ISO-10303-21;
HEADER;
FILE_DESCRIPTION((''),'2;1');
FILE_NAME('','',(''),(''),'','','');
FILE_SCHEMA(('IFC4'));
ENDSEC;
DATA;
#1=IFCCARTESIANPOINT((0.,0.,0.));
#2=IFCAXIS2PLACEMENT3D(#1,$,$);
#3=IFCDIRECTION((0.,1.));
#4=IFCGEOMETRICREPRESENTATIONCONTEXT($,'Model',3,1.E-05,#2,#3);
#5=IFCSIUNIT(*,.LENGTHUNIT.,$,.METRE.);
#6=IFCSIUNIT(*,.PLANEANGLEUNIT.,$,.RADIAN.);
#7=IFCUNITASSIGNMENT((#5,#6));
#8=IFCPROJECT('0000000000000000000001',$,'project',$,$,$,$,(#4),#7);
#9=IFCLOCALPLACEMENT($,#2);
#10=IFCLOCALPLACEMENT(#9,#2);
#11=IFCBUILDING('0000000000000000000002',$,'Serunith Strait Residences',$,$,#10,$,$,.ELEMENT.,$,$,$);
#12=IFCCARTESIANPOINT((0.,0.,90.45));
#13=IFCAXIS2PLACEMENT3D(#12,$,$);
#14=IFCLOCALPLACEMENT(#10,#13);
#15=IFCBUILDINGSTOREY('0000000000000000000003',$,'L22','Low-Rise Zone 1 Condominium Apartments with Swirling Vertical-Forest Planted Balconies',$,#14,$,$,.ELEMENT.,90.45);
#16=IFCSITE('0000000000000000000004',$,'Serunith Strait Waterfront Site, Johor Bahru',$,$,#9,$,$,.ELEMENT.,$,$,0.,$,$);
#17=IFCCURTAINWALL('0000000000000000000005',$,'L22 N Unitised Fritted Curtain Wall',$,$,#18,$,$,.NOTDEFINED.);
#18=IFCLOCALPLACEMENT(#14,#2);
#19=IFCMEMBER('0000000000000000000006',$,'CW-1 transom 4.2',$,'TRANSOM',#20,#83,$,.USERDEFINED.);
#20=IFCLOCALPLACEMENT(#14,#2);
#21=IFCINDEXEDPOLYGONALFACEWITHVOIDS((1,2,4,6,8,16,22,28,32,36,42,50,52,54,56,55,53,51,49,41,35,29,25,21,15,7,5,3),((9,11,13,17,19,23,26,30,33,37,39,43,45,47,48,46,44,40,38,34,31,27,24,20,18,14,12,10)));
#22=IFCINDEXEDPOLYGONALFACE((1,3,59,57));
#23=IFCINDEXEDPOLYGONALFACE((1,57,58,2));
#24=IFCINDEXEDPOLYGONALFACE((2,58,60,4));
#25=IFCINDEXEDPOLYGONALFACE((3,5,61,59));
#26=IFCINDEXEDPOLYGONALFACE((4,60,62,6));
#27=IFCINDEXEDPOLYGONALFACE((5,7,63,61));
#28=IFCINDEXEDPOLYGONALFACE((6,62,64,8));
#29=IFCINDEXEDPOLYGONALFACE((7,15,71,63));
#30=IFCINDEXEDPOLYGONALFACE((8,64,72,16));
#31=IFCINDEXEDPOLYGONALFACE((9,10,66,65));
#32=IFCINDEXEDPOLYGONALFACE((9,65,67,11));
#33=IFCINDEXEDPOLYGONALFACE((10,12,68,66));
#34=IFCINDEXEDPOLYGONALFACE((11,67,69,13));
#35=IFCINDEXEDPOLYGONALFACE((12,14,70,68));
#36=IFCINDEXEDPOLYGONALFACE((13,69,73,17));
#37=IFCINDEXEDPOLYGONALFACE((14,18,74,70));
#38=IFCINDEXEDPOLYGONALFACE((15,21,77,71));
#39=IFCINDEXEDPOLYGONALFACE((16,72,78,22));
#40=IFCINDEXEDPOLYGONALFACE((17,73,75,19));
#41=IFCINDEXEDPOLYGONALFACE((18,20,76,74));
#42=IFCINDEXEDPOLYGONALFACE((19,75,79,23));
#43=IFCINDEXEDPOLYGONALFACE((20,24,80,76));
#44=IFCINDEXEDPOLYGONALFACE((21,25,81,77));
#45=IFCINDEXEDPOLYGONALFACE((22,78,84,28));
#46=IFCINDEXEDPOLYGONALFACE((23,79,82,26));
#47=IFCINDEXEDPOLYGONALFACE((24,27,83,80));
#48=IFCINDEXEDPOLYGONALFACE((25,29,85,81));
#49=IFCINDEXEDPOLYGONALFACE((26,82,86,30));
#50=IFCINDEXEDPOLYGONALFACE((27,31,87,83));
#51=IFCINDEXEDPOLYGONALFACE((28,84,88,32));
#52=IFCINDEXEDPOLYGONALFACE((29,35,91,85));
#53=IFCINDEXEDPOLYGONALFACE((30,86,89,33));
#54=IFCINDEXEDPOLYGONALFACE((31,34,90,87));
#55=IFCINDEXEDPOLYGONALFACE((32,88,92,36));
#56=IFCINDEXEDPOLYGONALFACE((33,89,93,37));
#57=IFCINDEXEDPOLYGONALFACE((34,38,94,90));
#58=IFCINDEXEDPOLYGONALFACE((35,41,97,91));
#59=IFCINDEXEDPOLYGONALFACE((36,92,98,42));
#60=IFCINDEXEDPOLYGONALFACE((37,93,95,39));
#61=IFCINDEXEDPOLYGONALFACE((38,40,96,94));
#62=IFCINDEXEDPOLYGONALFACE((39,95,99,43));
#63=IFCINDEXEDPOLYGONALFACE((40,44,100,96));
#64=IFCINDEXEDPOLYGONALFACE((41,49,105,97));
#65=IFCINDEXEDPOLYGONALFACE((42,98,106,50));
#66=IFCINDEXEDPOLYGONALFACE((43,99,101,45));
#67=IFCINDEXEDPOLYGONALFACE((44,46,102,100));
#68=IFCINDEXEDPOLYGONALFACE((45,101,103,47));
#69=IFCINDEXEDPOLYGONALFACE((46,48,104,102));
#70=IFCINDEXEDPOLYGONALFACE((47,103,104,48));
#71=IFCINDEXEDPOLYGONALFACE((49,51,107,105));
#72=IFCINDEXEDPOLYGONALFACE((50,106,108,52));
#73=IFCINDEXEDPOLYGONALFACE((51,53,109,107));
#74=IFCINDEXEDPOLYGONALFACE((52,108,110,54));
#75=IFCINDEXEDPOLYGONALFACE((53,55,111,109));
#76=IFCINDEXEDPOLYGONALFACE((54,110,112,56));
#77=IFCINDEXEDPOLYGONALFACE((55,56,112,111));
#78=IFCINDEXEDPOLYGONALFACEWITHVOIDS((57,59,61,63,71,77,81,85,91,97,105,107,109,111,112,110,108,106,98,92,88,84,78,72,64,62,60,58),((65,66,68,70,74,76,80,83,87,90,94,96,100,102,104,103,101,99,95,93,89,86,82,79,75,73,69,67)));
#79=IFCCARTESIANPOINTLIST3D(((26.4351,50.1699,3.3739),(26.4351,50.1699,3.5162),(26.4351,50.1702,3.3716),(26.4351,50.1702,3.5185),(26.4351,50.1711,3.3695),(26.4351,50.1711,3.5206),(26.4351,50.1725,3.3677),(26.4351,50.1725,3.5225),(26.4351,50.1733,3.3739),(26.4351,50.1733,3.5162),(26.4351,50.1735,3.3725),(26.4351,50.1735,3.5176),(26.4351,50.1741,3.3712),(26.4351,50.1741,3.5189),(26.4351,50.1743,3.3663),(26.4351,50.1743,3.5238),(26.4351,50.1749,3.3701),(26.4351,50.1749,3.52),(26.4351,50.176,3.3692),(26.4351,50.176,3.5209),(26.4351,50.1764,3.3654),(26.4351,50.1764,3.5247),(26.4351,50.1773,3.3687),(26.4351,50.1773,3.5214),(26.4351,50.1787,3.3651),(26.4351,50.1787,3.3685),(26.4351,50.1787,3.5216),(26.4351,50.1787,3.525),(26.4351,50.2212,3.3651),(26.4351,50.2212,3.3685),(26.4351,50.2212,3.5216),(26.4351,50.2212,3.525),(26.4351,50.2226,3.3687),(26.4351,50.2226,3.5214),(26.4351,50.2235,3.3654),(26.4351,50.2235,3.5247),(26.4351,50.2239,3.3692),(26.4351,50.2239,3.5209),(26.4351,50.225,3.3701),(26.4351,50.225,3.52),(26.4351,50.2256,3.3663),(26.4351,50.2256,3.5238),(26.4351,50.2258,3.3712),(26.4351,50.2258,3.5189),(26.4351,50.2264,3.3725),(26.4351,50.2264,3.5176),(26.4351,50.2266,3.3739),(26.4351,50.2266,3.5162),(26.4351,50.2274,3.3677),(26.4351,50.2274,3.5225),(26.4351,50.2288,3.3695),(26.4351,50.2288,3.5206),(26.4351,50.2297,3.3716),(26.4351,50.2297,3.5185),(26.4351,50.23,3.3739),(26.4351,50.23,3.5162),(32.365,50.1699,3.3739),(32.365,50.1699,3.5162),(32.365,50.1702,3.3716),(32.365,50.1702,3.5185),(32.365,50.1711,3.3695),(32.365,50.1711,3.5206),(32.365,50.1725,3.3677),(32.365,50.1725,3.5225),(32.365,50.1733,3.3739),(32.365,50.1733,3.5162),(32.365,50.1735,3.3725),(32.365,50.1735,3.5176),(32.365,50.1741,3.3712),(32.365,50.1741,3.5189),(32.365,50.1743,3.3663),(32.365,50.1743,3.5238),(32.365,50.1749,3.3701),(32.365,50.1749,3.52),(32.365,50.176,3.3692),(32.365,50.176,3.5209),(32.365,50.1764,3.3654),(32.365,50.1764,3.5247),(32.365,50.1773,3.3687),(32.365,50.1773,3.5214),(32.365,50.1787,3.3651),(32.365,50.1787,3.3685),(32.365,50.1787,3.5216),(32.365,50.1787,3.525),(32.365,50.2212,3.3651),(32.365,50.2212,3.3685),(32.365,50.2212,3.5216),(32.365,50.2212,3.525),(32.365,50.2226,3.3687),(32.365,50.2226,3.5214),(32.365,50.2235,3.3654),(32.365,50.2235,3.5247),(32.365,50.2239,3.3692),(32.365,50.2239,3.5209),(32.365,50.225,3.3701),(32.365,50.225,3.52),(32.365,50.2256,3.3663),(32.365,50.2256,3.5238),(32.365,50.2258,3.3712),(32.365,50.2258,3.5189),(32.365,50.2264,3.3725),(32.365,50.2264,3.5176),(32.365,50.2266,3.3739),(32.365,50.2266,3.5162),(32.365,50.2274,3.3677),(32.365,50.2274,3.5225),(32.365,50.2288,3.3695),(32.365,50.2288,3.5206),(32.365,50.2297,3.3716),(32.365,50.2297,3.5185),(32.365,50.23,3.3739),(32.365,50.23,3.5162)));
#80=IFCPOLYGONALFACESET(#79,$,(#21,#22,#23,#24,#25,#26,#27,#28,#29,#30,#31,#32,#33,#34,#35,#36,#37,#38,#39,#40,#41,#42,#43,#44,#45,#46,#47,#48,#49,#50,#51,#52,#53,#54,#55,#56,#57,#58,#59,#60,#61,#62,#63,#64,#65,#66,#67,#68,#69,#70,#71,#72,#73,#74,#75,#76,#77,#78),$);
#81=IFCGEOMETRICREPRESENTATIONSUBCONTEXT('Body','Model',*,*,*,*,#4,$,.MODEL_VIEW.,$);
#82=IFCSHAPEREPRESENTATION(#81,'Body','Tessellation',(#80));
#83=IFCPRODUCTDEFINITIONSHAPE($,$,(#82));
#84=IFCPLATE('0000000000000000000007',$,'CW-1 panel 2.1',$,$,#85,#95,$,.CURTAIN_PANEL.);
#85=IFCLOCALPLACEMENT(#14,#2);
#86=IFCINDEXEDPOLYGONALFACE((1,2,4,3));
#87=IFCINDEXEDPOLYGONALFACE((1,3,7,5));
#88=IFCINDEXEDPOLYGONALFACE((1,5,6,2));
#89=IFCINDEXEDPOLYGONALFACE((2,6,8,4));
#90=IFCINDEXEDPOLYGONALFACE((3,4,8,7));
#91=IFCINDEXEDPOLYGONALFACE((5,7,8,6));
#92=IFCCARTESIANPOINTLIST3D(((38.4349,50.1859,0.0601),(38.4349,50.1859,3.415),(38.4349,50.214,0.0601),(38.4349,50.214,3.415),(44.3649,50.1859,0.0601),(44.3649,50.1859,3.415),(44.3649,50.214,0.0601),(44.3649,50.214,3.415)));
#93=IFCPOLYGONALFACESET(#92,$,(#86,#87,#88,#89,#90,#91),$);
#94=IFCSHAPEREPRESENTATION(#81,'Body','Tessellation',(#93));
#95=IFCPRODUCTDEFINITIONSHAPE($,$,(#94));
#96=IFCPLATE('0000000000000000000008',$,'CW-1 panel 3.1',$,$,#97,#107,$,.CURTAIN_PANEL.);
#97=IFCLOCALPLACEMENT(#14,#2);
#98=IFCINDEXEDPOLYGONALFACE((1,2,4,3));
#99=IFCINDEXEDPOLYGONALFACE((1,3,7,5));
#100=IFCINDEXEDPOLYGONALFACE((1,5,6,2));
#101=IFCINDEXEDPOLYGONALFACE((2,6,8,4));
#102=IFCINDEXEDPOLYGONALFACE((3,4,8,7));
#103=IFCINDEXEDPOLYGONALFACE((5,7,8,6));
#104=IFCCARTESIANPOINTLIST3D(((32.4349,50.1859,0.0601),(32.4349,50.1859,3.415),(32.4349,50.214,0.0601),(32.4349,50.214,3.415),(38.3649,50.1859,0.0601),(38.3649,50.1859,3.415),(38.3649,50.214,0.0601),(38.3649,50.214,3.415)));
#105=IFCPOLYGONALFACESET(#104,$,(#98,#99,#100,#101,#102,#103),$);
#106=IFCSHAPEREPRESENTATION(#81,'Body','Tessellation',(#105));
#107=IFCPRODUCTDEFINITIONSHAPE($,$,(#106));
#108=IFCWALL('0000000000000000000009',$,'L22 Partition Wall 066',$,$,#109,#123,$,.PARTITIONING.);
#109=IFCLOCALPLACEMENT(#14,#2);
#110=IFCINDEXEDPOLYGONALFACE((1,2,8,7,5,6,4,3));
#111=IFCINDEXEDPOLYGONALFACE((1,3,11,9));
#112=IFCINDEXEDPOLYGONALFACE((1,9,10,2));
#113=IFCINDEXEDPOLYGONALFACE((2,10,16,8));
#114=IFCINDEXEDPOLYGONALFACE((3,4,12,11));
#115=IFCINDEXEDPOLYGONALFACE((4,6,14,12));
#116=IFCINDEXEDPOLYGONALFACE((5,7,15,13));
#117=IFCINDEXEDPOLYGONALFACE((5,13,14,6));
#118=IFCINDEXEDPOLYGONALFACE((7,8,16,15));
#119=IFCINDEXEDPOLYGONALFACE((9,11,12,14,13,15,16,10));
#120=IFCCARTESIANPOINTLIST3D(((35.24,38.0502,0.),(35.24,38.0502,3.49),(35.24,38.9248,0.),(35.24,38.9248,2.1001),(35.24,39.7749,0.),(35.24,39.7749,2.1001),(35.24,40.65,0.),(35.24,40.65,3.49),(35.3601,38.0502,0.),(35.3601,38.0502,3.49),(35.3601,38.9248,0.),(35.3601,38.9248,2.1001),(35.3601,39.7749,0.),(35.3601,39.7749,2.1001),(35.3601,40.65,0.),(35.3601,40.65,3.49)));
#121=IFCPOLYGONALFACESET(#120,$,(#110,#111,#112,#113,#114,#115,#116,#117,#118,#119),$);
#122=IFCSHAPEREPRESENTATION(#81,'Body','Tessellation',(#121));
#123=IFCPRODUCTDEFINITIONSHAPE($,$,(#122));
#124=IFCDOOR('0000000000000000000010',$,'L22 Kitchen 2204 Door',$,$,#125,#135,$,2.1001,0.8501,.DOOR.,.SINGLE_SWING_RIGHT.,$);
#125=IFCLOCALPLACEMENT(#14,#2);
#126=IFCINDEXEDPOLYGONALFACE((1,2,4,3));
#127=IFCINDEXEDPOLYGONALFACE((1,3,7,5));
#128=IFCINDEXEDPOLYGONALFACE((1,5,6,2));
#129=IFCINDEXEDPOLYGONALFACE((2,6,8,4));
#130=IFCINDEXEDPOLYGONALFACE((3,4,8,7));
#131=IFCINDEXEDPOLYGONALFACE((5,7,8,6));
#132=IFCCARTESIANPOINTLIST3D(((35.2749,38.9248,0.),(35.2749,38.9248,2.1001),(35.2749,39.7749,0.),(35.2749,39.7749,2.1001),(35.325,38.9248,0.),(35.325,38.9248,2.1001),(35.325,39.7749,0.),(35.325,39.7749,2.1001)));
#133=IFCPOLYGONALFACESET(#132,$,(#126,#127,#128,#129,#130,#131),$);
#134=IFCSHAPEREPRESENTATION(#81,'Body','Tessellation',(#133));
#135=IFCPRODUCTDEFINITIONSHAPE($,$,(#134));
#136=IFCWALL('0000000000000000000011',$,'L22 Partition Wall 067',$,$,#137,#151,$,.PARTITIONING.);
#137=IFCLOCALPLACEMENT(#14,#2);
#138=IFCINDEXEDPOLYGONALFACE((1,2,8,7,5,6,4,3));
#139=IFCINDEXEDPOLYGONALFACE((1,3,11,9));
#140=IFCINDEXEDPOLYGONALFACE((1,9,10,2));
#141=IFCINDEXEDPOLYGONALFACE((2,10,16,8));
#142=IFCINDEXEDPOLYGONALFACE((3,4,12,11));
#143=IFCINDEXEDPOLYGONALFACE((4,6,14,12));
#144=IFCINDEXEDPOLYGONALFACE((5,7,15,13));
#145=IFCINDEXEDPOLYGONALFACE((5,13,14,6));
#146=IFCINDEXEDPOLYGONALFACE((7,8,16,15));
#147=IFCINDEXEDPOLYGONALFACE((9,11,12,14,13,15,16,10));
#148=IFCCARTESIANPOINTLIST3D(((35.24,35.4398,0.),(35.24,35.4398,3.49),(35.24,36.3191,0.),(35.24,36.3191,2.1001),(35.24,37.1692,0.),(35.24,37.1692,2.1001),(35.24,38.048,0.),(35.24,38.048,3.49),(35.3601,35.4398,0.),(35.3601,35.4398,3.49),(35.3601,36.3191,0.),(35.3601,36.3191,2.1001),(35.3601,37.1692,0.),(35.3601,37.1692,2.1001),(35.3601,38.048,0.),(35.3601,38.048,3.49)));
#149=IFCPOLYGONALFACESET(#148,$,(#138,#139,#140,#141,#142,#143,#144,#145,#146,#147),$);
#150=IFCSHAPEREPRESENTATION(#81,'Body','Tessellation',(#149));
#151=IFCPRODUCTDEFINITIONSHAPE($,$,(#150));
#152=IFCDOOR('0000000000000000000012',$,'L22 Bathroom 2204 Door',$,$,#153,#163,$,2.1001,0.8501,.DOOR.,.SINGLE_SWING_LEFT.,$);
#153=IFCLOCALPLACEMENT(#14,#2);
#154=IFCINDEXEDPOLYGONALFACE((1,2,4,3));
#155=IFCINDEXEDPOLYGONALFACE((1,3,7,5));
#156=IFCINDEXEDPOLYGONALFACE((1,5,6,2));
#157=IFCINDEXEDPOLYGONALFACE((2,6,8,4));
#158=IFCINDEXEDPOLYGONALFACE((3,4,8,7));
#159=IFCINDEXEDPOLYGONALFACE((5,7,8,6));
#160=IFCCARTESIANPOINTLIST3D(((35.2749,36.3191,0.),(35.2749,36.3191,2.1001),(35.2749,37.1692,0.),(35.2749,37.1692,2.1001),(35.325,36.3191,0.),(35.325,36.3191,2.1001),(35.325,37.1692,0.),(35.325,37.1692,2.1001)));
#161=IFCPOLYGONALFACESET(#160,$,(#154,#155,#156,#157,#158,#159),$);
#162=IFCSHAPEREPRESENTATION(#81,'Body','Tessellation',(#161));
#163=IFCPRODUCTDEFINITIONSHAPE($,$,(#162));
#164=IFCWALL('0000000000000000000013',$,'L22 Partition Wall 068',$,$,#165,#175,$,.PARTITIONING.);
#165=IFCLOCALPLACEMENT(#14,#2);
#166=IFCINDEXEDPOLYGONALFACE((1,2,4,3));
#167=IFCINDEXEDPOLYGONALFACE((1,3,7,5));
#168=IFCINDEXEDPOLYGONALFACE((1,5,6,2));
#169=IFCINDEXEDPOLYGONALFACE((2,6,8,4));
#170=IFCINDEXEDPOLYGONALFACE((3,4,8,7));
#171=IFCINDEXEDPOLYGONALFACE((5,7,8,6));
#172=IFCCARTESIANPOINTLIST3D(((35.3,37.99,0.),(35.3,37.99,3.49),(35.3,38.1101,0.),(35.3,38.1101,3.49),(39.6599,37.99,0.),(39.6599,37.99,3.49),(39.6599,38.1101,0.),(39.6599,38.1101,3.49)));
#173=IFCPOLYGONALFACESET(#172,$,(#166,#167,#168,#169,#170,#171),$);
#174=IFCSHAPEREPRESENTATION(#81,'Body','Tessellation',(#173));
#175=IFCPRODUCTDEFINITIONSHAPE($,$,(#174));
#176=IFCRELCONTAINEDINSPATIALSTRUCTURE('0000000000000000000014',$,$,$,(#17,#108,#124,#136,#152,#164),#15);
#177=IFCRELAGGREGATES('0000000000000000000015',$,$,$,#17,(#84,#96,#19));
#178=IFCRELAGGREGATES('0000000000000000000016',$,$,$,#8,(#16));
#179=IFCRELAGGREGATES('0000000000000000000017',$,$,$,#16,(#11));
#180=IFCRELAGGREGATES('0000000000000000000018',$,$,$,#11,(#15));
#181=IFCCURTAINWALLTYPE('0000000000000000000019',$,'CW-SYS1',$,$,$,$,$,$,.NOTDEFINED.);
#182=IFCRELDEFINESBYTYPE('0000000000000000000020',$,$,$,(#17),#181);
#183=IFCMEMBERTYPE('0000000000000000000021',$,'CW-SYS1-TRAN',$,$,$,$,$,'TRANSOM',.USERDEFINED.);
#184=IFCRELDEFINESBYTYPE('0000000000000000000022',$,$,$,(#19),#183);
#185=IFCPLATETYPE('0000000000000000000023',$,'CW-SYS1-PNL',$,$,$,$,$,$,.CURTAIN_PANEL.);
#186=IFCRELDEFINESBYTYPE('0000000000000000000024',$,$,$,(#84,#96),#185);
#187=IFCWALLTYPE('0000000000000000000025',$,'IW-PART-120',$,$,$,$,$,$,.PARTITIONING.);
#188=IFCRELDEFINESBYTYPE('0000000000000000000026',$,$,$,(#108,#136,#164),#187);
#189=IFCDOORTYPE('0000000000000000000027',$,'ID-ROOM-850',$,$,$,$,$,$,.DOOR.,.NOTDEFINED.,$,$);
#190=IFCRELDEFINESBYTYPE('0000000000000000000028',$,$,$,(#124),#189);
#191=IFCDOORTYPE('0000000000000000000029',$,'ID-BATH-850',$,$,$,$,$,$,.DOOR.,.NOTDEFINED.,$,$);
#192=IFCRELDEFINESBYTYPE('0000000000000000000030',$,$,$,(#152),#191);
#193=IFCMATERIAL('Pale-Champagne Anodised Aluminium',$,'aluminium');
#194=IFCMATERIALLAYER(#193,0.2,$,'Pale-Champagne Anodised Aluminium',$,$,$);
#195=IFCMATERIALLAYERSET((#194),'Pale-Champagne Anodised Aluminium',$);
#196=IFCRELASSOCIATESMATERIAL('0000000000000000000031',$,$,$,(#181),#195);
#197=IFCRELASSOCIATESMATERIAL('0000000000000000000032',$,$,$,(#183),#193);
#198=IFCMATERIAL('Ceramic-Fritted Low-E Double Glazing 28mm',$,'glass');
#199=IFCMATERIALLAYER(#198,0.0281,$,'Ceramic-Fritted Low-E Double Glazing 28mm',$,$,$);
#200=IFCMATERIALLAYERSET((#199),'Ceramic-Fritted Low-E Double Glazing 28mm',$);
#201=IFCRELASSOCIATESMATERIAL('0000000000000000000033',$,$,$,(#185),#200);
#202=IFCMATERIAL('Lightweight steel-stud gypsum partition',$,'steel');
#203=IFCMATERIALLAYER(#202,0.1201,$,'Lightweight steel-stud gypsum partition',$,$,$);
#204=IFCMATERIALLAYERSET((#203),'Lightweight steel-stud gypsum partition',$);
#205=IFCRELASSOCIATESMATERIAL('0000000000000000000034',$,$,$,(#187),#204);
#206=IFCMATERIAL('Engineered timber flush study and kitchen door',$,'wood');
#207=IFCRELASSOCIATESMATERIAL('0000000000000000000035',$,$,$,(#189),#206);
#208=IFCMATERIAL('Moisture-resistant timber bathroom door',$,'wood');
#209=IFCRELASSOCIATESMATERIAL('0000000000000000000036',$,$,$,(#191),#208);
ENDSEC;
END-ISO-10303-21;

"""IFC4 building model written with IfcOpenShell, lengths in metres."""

from ifc_helpers import new_model, si_unit, direction, frame, frame_2d, origin, origin_2d, place, context, subcontext, project, spatial, rectangle, hollow_rectangle, extrude, source, transform, mapped, material, layer, layer_set, material_profile, profile_set, type_object, element, fill, aggregate, save


model = new_model("IFC4")

# Units and contexts
model_context = context("Model", 3, precision=1e-05, world=origin(), true_north=direction((0.0, 1.0)))
body_context = subcontext(model_context, "Body", "Model", "MODEL_VIEW")
ifc_project = project(units=[si_unit("LENGTHUNIT", "METRE"), si_unit("PLANEANGLEUNIT", "RADIAN")], contexts=[model_context])

# Site, building, storey
site_placement = place(None, origin())
site = spatial("IfcSite", under=ifc_project, at=site_placement, Name="Serunith Strait Waterfront Site, Johor Bahru", CompositionType="ELEMENT", RefElevation=0.0)
building_placement = place(site_placement, origin())
building = spatial("IfcBuilding", under=site, at=building_placement, Name="Serunith Strait Residences", CompositionType="ELEMENT")
storey_placement = place(building_placement, frame((0.0, 0.0, 90.45)))
storey = spatial("IfcBuildingStorey", under=building, at=storey_placement, Name="L22", Description="Low-Rise Zone 1 Condominium Apartments with Swirling Vertical-Forest Planted Balconies", CompositionType="ELEMENT", Elevation=90.45)

# Curtain wall, member, plates
ifc_material_1 = material(Name="Pale-Champagne Anodised Aluminium", Category="aluminium")
ifc_layer_1 = layer(ifc_material_1, 0.2, Name="Pale-Champagne Anodised Aluminium")
ifc_layer_set_1 = layer_set([ifc_layer_1], Name="Pale-Champagne Anodised Aluminium")
curtain_wall_type = type_object("IfcCurtainWallType", Name="CW-SYS1", PredefinedType="NOTDEFINED", material=ifc_layer_set_1)
curtain_wall_placement = place(storey_placement, origin())
curtain_wall = element("IfcCurtainWall", 1, at=curtain_wall_placement, inside=storey, type_object=curtain_wall_type, Name="L22 N Unitised Fritted Curtain Wall", PredefinedType="NOTDEFINED")
ifc_material_profile_1 = material_profile(ifc_material_1, hollow_rectangle(XDim=0.0601, YDim=0.1599, WallThickness=0.0034, InnerFilletRadius=0.0054, OuterFilletRadius=0.0088, at=origin_2d()), Name="ALU 160x60x3.5")
ifc_profile_set_1 = profile_set([ifc_material_profile_1], Name="Pale-Champagne Anodised Aluminium")
member_type_1 = type_object("IfcMemberType", Name="CW-SYS1-TRAN", ElementType="TRANSOM", PredefinedType="USERDEFINED", material=ifc_profile_set_1)
shared_shape_1 = source(origin(), body_context, "Body", "SweptSolid", [
    extrude(hollow_rectangle(XDim=0.0601, YDim=0.1599, WallThickness=0.0034, InnerFilletRadius=0.0054, OuterFilletRadius=0.0088, at=origin_2d()), origin(), (0.0, 0.0, 1.0), 5.9299),
])
member_1_placement = place(storey_placement, frame((32.365, 50.2, 3.4451), z_axis=(-1.0, 0.0, 0.0), x_axis=(0.0, -1.0, 0.0)))
member_1 = element("IfcMember", 2, at=member_1_placement, type_object=member_type_1, Name="CW-1 transom 4.2", ObjectType="TRANSOM", PredefinedType="USERDEFINED", context=body_context, shape_type="MappedRepresentation", body=[
    mapped(shared_shape_1, transform((0.0, 0.0, 0.0), scale=1.0)),
])
ifc_material_2 = material(Name="Ceramic-Fritted Low-E Double Glazing 28mm", Category="glass")
ifc_layer_2 = layer(ifc_material_2, 0.0281, Name="Ceramic-Fritted Low-E Double Glazing 28mm")
ifc_layer_set_2 = layer_set([ifc_layer_2], Name="Ceramic-Fritted Low-E Double Glazing 28mm")
plate_type = type_object("IfcPlateType", Name="CW-SYS1-PNL", PredefinedType="CURTAIN_PANEL", material=ifc_layer_set_2)
shared_shape_2 = source(origin(), body_context, "Body", "SweptSolid", [
    extrude(rectangle(XDim=5.9299, YDim=0.0281, at=origin_2d()), origin(), (0.0, 0.0, 1.0), 3.355),
])
plate_1_placement = place(storey_placement, frame((41.3999, 50.2, 0.0601), z_axis=(0.0, 0.0, 1.0), x_axis=(-1.0, 0.0, 0.0)))
plate_1 = element("IfcPlate", 3, at=plate_1_placement, type_object=plate_type, Name="CW-1 panel 2.1", PredefinedType="CURTAIN_PANEL", context=body_context, shape_type="MappedRepresentation", body=[
    mapped(shared_shape_2, transform((0.0, 0.0, 0.0), scale=1.0)),
])
plate_2_placement = place(storey_placement, frame((35.3999, 50.2, 0.0601), z_axis=(0.0, 0.0, 1.0), x_axis=(-1.0, 0.0, 0.0)))
plate_2 = element("IfcPlate", 4, at=plate_2_placement, type_object=plate_type, Name="CW-1 panel 3.1", PredefinedType="CURTAIN_PANEL", context=body_context, shape_type="MappedRepresentation", body=[
    mapped(shared_shape_2, transform((0.0, 0.0, 0.0), scale=1.0)),
])
aggregate(curtain_wall, [plate_1, plate_2, member_1])

# Walls, openings, doors
ifc_material_3 = material(Name="Lightweight steel-stud gypsum partition", Category="steel")
ifc_layer_3 = layer(ifc_material_3, 0.1201, Name="Lightweight steel-stud gypsum partition")
ifc_layer_set_3 = layer_set([ifc_layer_3], Name="Lightweight steel-stud gypsum partition")
wall_type_1 = type_object("IfcWallType", Name="IW-PART-120", PredefinedType="PARTITIONING", material=ifc_layer_set_3)
wall_1_placement = place(storey_placement, frame((35.3, 40.6499, 0.0), z_axis=(0.0, 0.0, 1.0), x_axis=(0.0, -1.0, 0.0)))
wall_1 = element("IfcWall", 5, at=wall_1_placement, inside=storey, type_object=wall_type_1, Name="L22 Partition Wall 066", PredefinedType="PARTITIONING", context=body_context, shape_type="SweptSolid", body=[
    extrude(rectangle(XDim=2.5999, YDim=0.1201, at=frame_2d((1.2998, 0.0))), origin(), (0.0, 0.0, 1.0), 3.49),
])
opening_1_placement = place(wall_1_placement, frame((0.875, 0.0, 0.0)))
opening_1 = element("IfcOpeningElement", 6, at=opening_1_placement, cuts=wall_1, PredefinedType="OPENING", context=body_context, shape_type="SweptSolid", body=[
    extrude(rectangle(XDim=0.8501, YDim=2.1001, at=frame_2d((0.425, 1.05))), frame((0.0, 0.0701, 0.0), z_axis=(0.0, -1.0, 0.0), x_axis=(1.0, 0.0, 0.0)), (0.0, 0.0, 1.0), 0.1401),
])
ifc_material_4 = material(Name="Engineered timber flush study and kitchen door", Category="wood")
door_type_1 = type_object("IfcDoorType", Name="ID-ROOM-850", OperationType="NOTDEFINED", PredefinedType="DOOR", material=ifc_material_4)
shared_shape_3 = source(origin(), body_context, "Body", "SweptSolid", [
    extrude(rectangle(XDim=0.8501, YDim=2.1001, at=frame_2d((0.425, 1.05))), frame((0.0, 0.0249, 0.0), z_axis=(0.0, -1.0, 0.0), x_axis=(1.0, 0.0, 0.0)), (0.0, 0.0, 1.0), 0.05),
])
door_1_placement = place(opening_1_placement, origin())
door_1 = element("IfcDoor", 7, at=door_1_placement, inside=storey, type_object=door_type_1, Name="L22 Kitchen 2204 Door", OperationType="SINGLE_SWING_RIGHT", OverallHeight=2.1001, OverallWidth=0.8501, PredefinedType="DOOR", context=body_context, shape_type="MappedRepresentation", body=[
    mapped(shared_shape_3, transform((0.0, 0.0, 0.0), scale=1.0)),
])
fill(opening_1, door_1)
wall_2_placement = place(storey_placement, frame((35.3, 38.0481, 0.0), z_axis=(0.0, 0.0, 1.0), x_axis=(0.0, -1.0, 0.0)))
wall_2 = element("IfcWall", 8, at=wall_2_placement, inside=storey, type_object=wall_type_1, Name="L22 Partition Wall 067", PredefinedType="PARTITIONING", context=body_context, shape_type="SweptSolid", body=[
    extrude(rectangle(XDim=2.6082, YDim=0.1201, at=frame_2d((1.3042, 0.0))), origin(), (0.0, 0.0, 1.0), 3.49),
])
opening_2_placement = place(wall_2_placement, frame((0.8789, 0.0, 0.0)))
opening_2 = element("IfcOpeningElement", 9, at=opening_2_placement, cuts=wall_2, PredefinedType="OPENING", context=body_context, shape_type="SweptSolid", body=[
    extrude(rectangle(XDim=0.8501, YDim=2.1001, at=frame_2d((0.425, 1.05))), frame((0.0, 0.0701, 0.0), z_axis=(0.0, -1.0, 0.0), x_axis=(1.0, 0.0, 0.0)), (0.0, 0.0, 1.0), 0.1401),
])
ifc_material_5 = material(Name="Moisture-resistant timber bathroom door", Category="wood")
door_type_2 = type_object("IfcDoorType", Name="ID-BATH-850", OperationType="NOTDEFINED", PredefinedType="DOOR", material=ifc_material_5)
door_2_placement = place(opening_2_placement, origin())
door_2 = element("IfcDoor", 10, at=door_2_placement, inside=storey, type_object=door_type_2, Name="L22 Bathroom 2204 Door", OperationType="SINGLE_SWING_LEFT", OverallHeight=2.1001, OverallWidth=0.8501, PredefinedType="DOOR", context=body_context, shape_type="MappedRepresentation", body=[
    mapped(shared_shape_3, transform((0.0, 0.0, 0.0), scale=1.0)),
])
fill(opening_2, door_2)

# Wall
for number, where, z_axis, x_axis, name in (
    (11, (35.3, 38.05, 0.0), (0.0, 0.0, 1.0), (1.0, 0.0, 0.0), "L22 Partition Wall 068"),
):
    element("IfcWall", number, at=place(storey_placement, frame(where, z_axis=z_axis, x_axis=x_axis)), inside=storey, type_object=wall_type_1, Name=name, PredefinedType="PARTITIONING", context=body_context, shape_type="SweptSolid", body=[
        extrude(rectangle(XDim=4.3599, YDim=0.1201, at=frame_2d((2.1799, 0.0))), origin(), (0.0, 0.0, 1.0), 3.49),
    ])

save(model, "model.ifc")
